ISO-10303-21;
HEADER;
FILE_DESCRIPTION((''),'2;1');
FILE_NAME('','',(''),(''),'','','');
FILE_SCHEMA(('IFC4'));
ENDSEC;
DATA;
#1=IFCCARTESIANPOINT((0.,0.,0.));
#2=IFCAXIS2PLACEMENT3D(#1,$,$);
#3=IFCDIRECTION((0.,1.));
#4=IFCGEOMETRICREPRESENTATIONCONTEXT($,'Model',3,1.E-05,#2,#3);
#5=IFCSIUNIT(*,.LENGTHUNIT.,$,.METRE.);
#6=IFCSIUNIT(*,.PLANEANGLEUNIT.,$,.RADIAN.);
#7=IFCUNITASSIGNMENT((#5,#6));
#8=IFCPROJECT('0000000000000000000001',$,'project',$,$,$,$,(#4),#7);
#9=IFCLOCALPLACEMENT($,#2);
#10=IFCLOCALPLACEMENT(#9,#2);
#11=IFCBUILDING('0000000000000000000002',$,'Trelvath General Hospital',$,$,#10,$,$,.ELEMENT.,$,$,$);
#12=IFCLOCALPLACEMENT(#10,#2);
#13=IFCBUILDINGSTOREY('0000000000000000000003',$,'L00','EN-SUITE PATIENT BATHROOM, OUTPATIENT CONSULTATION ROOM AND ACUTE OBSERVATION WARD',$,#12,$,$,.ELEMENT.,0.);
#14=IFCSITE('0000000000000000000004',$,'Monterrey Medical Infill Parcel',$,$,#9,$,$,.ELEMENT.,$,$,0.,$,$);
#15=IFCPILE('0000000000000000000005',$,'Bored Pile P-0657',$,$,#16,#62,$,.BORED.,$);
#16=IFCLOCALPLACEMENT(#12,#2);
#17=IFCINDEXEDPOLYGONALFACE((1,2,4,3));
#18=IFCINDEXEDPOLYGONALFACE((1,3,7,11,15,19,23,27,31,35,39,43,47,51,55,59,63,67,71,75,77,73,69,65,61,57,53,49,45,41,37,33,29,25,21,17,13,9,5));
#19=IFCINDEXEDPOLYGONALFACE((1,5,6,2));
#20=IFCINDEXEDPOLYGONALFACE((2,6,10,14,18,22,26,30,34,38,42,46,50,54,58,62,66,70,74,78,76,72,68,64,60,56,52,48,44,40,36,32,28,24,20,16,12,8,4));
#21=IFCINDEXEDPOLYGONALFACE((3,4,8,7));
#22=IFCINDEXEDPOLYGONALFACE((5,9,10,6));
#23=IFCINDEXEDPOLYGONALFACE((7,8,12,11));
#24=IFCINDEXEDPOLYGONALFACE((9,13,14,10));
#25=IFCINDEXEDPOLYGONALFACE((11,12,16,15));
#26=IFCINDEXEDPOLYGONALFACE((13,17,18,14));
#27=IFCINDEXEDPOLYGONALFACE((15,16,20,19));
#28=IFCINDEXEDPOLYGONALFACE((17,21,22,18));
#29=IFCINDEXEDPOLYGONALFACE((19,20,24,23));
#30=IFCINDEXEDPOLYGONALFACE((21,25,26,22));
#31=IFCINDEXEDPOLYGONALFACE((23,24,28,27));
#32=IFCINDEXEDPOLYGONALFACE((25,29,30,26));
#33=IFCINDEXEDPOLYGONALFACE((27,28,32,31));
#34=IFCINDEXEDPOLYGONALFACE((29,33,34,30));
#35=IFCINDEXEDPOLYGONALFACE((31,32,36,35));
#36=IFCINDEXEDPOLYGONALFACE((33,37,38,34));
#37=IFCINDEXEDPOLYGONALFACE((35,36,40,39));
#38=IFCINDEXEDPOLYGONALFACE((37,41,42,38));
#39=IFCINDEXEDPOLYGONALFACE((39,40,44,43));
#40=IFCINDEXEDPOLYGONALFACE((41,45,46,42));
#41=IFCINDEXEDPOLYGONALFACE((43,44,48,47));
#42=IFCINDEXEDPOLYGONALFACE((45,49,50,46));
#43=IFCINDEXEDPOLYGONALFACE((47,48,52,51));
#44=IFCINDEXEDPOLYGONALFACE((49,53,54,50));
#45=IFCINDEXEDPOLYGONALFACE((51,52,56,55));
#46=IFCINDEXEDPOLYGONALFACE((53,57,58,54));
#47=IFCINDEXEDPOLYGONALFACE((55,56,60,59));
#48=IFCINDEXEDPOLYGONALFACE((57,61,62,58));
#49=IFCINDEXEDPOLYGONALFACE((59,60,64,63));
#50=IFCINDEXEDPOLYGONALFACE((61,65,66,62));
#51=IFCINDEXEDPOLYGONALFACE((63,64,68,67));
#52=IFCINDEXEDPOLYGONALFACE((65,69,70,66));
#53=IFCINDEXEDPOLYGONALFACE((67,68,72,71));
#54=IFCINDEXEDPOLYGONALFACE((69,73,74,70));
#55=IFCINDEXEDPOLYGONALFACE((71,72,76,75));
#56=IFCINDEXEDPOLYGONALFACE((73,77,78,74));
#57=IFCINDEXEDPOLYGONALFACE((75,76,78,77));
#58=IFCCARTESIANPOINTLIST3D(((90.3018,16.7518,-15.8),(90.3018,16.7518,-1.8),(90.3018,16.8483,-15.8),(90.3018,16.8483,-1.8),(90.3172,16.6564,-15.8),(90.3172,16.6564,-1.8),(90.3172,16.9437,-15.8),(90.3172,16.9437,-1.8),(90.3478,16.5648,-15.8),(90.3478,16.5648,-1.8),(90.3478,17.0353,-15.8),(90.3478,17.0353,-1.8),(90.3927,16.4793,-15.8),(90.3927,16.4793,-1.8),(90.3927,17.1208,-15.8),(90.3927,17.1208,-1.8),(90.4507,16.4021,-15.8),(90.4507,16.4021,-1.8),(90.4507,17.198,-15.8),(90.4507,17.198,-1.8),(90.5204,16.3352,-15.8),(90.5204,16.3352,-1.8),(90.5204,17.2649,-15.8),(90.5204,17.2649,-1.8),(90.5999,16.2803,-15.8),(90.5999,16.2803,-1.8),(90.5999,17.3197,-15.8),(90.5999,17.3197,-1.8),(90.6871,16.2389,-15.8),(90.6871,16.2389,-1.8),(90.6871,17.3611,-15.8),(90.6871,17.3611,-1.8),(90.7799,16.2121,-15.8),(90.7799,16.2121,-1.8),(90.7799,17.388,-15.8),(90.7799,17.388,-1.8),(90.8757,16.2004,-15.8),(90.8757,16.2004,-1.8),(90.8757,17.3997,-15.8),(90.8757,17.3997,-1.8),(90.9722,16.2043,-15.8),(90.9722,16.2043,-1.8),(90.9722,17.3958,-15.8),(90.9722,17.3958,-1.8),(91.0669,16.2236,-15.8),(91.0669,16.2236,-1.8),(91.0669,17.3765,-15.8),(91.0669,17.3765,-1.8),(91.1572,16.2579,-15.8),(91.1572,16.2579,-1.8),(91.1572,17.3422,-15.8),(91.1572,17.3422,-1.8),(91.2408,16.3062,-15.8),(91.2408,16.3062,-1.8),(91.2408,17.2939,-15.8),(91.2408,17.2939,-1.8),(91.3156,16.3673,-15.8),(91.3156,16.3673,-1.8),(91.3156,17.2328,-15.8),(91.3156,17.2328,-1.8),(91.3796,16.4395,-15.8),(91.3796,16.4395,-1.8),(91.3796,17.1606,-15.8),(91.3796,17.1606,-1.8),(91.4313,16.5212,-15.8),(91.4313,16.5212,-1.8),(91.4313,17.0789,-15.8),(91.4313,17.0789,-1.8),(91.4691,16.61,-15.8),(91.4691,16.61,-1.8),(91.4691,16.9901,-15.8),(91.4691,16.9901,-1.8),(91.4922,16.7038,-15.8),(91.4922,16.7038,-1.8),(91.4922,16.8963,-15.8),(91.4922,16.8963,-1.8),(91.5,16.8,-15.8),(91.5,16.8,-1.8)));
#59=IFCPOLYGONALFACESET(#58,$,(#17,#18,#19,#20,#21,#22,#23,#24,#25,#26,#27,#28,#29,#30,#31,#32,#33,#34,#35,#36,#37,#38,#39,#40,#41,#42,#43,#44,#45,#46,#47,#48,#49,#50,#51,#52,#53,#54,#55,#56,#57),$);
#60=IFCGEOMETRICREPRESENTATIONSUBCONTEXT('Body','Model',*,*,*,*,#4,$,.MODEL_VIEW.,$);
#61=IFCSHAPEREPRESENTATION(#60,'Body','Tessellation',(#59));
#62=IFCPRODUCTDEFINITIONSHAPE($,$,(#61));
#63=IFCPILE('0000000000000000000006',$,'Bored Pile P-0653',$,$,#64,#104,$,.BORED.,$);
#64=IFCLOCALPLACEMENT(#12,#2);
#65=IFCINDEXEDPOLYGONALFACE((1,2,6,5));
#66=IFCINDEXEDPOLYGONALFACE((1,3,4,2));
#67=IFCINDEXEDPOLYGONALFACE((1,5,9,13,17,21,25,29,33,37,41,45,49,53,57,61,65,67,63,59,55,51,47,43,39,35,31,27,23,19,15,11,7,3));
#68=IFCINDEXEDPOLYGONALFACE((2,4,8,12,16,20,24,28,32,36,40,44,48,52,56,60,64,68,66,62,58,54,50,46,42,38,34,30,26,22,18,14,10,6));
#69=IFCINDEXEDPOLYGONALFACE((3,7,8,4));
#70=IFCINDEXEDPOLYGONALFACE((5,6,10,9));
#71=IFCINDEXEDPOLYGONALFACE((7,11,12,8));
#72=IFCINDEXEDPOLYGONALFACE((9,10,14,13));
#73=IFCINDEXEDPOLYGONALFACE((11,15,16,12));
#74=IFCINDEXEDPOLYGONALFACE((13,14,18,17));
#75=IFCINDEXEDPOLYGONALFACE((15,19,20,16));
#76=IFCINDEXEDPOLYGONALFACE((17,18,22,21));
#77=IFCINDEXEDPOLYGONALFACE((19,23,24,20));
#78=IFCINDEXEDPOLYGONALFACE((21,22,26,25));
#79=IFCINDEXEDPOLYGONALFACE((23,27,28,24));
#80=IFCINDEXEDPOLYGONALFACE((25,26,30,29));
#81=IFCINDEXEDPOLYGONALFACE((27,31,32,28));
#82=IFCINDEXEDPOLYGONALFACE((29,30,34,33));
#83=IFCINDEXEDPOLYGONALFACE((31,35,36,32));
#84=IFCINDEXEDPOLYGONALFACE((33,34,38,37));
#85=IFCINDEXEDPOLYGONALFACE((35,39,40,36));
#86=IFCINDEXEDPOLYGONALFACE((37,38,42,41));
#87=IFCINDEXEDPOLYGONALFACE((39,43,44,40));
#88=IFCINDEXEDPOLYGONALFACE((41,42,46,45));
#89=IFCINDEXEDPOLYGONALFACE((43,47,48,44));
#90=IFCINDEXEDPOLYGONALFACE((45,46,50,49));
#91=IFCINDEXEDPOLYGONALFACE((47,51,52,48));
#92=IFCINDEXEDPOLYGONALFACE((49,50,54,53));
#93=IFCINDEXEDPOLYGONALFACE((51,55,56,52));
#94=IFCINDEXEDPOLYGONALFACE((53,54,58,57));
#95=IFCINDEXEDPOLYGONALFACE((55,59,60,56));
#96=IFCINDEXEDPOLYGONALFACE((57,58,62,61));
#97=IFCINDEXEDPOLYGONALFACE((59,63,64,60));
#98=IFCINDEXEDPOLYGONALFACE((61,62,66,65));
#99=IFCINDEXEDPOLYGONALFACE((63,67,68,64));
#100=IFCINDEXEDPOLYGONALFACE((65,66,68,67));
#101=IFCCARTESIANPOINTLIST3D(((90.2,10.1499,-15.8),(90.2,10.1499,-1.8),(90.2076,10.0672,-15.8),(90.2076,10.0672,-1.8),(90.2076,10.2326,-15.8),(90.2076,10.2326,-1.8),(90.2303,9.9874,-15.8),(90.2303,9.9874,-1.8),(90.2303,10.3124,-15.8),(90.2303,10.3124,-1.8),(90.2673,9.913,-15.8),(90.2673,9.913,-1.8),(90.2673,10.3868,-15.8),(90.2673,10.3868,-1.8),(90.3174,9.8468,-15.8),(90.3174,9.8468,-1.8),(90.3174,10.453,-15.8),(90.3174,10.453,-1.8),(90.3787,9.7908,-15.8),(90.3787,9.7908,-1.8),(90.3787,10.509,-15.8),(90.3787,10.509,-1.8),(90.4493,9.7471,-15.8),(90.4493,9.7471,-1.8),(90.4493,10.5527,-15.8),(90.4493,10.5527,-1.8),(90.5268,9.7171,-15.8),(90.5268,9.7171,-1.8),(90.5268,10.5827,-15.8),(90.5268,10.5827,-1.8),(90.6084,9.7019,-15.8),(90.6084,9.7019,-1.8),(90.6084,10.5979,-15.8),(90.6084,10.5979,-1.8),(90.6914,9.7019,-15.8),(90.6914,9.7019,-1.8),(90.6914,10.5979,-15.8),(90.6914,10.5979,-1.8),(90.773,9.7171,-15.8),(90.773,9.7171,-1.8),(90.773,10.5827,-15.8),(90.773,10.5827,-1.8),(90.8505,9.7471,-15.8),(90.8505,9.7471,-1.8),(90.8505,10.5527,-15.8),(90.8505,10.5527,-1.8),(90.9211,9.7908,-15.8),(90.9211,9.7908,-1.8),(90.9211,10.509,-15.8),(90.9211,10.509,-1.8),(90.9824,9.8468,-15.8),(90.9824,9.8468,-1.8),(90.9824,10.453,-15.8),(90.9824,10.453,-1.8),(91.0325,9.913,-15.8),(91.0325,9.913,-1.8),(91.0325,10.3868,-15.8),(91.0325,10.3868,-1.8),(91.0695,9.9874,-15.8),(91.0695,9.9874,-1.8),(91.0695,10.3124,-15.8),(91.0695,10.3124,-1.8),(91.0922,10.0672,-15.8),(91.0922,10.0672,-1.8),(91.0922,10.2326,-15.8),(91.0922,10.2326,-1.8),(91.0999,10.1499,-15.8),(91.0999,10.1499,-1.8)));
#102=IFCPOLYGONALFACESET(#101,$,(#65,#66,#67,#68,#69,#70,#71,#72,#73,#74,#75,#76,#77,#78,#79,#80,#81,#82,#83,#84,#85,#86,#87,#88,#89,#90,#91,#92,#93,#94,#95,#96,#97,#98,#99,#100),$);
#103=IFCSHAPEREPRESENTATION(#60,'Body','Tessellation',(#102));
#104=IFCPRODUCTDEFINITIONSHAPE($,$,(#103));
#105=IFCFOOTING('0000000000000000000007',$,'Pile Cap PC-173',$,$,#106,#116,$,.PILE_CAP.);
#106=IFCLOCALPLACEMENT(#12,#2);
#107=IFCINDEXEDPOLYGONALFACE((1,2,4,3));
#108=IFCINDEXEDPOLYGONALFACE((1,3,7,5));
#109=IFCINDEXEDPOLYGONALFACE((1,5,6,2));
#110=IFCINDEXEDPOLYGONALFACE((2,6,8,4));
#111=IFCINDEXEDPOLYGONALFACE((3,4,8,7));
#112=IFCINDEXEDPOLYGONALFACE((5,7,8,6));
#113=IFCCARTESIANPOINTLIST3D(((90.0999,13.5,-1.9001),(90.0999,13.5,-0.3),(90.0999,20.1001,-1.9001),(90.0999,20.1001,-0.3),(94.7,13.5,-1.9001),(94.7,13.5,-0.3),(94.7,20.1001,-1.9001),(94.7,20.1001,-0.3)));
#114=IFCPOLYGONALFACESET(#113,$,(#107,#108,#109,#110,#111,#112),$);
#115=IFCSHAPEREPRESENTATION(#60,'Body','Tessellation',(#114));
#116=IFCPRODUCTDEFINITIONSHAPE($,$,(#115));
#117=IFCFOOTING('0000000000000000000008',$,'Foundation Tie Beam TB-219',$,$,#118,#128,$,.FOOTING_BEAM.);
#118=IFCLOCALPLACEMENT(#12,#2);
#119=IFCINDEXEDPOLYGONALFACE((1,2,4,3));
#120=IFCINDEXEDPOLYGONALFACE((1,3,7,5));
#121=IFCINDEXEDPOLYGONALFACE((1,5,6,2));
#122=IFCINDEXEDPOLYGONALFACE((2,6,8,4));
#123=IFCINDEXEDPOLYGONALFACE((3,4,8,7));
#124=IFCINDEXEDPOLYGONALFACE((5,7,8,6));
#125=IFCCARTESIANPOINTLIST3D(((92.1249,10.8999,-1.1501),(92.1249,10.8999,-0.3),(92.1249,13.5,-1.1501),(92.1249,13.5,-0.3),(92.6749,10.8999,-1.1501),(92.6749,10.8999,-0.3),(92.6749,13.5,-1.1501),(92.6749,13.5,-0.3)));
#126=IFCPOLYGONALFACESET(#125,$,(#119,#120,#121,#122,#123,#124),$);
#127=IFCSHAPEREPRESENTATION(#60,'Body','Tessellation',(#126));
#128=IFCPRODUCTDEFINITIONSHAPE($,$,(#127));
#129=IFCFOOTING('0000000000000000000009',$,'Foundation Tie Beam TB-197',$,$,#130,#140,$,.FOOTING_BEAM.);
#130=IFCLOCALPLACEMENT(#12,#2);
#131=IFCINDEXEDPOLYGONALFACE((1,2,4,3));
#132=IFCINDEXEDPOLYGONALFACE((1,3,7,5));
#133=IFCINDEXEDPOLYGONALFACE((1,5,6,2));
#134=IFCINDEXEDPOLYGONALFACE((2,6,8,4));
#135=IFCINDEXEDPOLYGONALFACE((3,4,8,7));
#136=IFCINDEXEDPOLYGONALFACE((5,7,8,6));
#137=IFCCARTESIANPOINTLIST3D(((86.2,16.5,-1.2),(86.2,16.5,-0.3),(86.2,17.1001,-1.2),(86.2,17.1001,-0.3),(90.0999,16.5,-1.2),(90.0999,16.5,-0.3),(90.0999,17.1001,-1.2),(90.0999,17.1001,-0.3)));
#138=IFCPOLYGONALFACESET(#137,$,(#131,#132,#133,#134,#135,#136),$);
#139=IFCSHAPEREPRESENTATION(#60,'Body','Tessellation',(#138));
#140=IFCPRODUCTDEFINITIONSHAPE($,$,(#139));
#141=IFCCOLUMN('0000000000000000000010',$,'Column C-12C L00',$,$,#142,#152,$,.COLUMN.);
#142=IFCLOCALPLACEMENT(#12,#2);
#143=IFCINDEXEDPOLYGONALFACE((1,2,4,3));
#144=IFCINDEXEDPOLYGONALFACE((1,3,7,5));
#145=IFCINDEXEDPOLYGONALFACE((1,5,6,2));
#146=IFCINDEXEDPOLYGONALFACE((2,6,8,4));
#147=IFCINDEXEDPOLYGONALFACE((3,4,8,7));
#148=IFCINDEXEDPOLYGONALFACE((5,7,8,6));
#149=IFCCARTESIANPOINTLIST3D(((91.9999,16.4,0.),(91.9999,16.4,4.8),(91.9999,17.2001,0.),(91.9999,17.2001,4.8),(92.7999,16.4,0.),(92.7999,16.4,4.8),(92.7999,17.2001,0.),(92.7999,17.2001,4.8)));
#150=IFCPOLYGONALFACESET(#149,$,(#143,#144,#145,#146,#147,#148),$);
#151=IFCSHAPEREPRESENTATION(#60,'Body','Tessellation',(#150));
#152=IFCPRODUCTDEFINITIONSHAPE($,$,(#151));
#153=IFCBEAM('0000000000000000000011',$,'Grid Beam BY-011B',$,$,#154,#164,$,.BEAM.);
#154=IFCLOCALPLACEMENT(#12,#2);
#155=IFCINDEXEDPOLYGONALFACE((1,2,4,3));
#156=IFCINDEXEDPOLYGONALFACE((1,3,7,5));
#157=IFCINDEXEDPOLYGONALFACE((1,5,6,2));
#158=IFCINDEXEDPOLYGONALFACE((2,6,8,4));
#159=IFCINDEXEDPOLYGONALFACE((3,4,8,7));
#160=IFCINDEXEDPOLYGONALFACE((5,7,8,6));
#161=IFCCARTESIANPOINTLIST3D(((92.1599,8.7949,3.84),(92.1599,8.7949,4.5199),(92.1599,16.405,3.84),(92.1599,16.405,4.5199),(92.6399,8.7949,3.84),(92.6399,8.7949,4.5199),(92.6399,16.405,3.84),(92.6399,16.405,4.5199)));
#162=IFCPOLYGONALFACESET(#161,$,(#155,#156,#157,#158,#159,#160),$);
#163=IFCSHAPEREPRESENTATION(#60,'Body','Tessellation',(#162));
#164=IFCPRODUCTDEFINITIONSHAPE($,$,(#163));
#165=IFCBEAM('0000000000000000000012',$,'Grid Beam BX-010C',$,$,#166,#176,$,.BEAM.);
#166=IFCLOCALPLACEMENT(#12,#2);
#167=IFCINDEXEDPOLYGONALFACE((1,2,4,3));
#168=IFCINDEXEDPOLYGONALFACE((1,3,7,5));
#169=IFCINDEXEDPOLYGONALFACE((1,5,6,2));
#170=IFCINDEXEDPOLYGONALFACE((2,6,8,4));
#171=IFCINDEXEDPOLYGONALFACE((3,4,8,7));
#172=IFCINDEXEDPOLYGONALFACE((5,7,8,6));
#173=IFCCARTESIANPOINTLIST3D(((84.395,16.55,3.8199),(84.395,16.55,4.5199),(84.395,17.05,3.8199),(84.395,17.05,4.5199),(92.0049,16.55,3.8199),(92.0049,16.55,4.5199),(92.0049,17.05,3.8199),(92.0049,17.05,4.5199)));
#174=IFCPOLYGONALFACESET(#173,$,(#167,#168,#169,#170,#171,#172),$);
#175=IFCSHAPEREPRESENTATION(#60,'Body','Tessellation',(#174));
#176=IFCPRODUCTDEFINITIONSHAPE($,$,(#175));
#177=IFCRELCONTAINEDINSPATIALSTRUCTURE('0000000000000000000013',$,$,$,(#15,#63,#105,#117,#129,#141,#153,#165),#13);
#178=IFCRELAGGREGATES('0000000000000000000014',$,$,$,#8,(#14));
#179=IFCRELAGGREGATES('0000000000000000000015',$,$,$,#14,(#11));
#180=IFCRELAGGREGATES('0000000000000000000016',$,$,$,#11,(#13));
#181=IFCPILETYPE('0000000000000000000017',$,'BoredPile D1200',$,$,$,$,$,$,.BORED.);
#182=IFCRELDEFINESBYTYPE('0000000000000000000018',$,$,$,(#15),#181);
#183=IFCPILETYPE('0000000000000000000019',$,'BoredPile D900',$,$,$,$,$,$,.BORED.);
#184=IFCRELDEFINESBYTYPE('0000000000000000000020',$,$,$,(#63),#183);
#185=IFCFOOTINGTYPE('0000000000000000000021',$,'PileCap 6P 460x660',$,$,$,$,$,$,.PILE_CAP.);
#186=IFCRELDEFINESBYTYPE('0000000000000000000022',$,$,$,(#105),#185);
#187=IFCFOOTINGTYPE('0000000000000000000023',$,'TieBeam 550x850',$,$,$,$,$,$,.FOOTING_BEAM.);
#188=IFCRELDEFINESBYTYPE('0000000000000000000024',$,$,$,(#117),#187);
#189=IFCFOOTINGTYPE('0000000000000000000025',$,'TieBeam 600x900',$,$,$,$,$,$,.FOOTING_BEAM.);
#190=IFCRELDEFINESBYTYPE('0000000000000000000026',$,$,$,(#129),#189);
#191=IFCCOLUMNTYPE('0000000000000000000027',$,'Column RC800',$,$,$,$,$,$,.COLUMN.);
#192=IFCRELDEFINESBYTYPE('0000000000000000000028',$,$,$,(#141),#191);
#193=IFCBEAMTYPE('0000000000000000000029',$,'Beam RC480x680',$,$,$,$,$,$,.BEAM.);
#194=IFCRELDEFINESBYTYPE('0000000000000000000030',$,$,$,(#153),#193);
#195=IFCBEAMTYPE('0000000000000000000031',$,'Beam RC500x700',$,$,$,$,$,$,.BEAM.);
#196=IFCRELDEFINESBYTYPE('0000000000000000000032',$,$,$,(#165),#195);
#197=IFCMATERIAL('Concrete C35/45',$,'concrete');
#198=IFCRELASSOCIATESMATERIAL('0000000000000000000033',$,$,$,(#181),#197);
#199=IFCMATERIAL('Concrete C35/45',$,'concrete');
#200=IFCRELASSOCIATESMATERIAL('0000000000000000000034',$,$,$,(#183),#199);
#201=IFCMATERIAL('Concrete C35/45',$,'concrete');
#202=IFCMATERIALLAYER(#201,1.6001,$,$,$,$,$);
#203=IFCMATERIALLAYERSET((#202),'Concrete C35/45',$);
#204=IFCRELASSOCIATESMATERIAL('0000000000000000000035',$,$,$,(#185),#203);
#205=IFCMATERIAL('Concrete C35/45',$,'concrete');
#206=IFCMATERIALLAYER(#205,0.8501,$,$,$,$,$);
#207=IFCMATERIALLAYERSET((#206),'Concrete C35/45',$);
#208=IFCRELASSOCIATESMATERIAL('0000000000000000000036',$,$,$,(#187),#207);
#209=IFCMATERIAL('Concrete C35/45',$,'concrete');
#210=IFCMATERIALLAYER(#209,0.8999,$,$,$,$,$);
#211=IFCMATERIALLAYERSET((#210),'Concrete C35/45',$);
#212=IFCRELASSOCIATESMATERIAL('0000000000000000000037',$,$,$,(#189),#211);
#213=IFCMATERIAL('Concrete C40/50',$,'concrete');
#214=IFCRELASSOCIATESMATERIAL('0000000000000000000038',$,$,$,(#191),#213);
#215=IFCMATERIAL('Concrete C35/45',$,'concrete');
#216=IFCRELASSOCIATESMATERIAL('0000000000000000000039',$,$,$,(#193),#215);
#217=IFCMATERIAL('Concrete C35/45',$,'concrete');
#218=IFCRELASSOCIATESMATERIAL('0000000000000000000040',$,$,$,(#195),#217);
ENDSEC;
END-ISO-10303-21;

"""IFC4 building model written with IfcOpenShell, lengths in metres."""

from ifc_helpers import new_model, si_unit, direction, frame, origin, origin_2d, place, context, subcontext, project, spatial, rectangle, circle, extrude, material, layer, layer_set, material_profile, profile_set, type_object, element, save


model = new_model("IFC4")

# Units and contexts
model_context = context("Model", 3, precision=1e-05, world=origin(), true_north=direction((0.0, 1.0)))
body_context = subcontext(model_context, "Body", "Model", "MODEL_VIEW")
ifc_project = project(units=[si_unit("LENGTHUNIT", "METRE"), si_unit("PLANEANGLEUNIT", "RADIAN")], contexts=[model_context])

# Site, building, storey
site_placement = place(None, origin())
site = spatial("IfcSite", under=ifc_project, at=site_placement, Name="Monterrey Medical Infill Parcel", CompositionType="ELEMENT", RefElevation=0.0)
building_placement = place(site_placement, origin())
building = spatial("IfcBuilding", under=site, at=building_placement, Name="Trelvath General Hospital", CompositionType="ELEMENT")
storey_placement = place(building_placement, origin())
storey = spatial("IfcBuildingStorey", under=building, at=storey_placement, Name="L00", Description="EN-SUITE PATIENT BATHROOM, OUTPATIENT CONSULTATION ROOM AND ACUTE OBSERVATION WARD", CompositionType="ELEMENT", Elevation=0.0)

# Piles
ifc_material_1 = material(Name="Concrete C35/45", Category="concrete")
ifc_material_profile_1 = material_profile(ifc_material_1, circle(Radius=0.6001, at=origin_2d()), Name="PILE1200")
ifc_profile_set_1 = profile_set([ifc_material_profile_1], Name="Concrete C35/45")
pile_type_1 = type_object("IfcPileType", Name="BoredPile D1200", PredefinedType="BORED", material=ifc_profile_set_1)
for number, where, z_axis, x_axis, name in (
    (1, (90.8999, 16.8, -1.8), (0.0, 0.0, -1.0), (1.0, 0.0, 0.0), "Bored Pile P-0657"),
):
    element("IfcPile", number, at=place(storey_placement, frame(where, z_axis=z_axis, x_axis=x_axis)), inside=storey, type_object=pile_type_1, Name=name, PredefinedType="BORED", context=body_context, shape_type="SweptSolid", body=[
        extrude(circle(Radius=0.6001, at=origin_2d()), origin(), (0.0, 0.0, 1.0), 14.0),
    ])
ifc_material_2 = material(Name="Concrete C35/45", Category="concrete")
ifc_material_profile_2 = material_profile(ifc_material_2, circle(Radius=0.45, at=origin_2d()), Name="PILE900")
ifc_profile_set_2 = profile_set([ifc_material_profile_2], Name="Concrete C35/45")
pile_type_2 = type_object("IfcPileType", Name="BoredPile D900", PredefinedType="BORED", material=ifc_profile_set_2)
pile_placement = place(storey_placement, frame((90.6499, 10.1499, -1.8), z_axis=(0.0, 0.0, -1.0), x_axis=(1.0, 0.0, 0.0)))
element("IfcPile", 2, at=pile_placement, inside=storey, type_object=pile_type_2, Name="Bored Pile P-0653", PredefinedType="BORED", context=body_context, shape_type="SweptSolid", body=[
    extrude(circle(Radius=0.45, at=origin_2d()), origin(), (0.0, 0.0, 1.0), 14.0),
])

# Footings
ifc_material_3 = material(Name="Concrete C35/45", Category="concrete")
ifc_layer_1 = layer(ifc_material_3, 1.6001)
ifc_layer_set_1 = layer_set([ifc_layer_1], Name="Concrete C35/45")
footing_type_1 = type_object("IfcFootingType", Name="PileCap 6P 460x660", PredefinedType="PILE_CAP", material=ifc_layer_set_1)
footing_1_placement = place(storey_placement, frame((92.3999, 16.8, -1.9001), z_axis=(0.0, 0.0, 1.0), x_axis=(1.0, 0.0, 0.0)))
element("IfcFooting", 3, at=footing_1_placement, inside=storey, type_object=footing_type_1, Name="Pile Cap PC-173", PredefinedType="PILE_CAP", context=body_context, shape_type="SweptSolid", body=[
    extrude(rectangle(XDim=4.6001, YDim=6.6001, at=origin_2d()), origin(), (0.0, 0.0, 1.0), 1.6001),
])
ifc_material_4 = material(Name="Concrete C35/45", Category="concrete")
ifc_layer_2 = layer(ifc_material_4, 0.8501)
ifc_layer_set_2 = layer_set([ifc_layer_2], Name="Concrete C35/45")
footing_type_2 = type_object("IfcFootingType", Name="TieBeam 550x850", PredefinedType="FOOTING_BEAM", material=ifc_layer_set_2)
footing_2_placement = place(storey_placement, frame((92.3999, 12.2, -1.1501), z_axis=(0.0, 0.0, 1.0), x_axis=(1.0, 0.0, 0.0)))
element("IfcFooting", 4, at=footing_2_placement, inside=storey, type_object=footing_type_2, Name="Foundation Tie Beam TB-219", PredefinedType="FOOTING_BEAM", context=body_context, shape_type="SweptSolid", body=[
    extrude(rectangle(XDim=0.55, YDim=2.6001, at=origin_2d()), origin(), (0.0, 0.0, 1.0), 0.8501),
])
ifc_material_5 = material(Name="Concrete C35/45", Category="concrete")
ifc_layer_3 = layer(ifc_material_5, 0.8999)
ifc_layer_set_3 = layer_set([ifc_layer_3], Name="Concrete C35/45")
footing_type_3 = type_object("IfcFootingType", Name="TieBeam 600x900", PredefinedType="FOOTING_BEAM", material=ifc_layer_set_3)
footing_3_placement = place(storey_placement, frame((88.1499, 16.8, -1.2), z_axis=(0.0, 0.0, 1.0), x_axis=(1.0, 0.0, 0.0)))
element("IfcFooting", 5, at=footing_3_placement, inside=storey, type_object=footing_type_3, Name="Foundation Tie Beam TB-197", PredefinedType="FOOTING_BEAM", context=body_context, shape_type="SweptSolid", body=[
    extrude(rectangle(XDim=3.8999, YDim=0.6001, at=origin_2d()), origin(), (0.0, 0.0, 1.0), 0.8999),
])

# Column
ifc_material_6 = material(Name="Concrete C40/50", Category="concrete")
ifc_material_profile_3 = material_profile(ifc_material_6, rectangle(XDim=0.8, YDim=0.8, at=origin_2d()), Name="RC800x800")
ifc_profile_set_3 = profile_set([ifc_material_profile_3], Name="Concrete C40/50")
column_type = type_object("IfcColumnType", Name="Column RC800", PredefinedType="COLUMN", material=ifc_profile_set_3)
column_placement = place(storey_placement, frame((92.3999, 16.8, 0.0), z_axis=(0.0, 0.0, 1.0), x_axis=(1.0, 0.0, 0.0)))
element("IfcColumn", 6, at=column_placement, inside=storey, type_object=column_type, Name="Column C-12C L00", PredefinedType="COLUMN", context=body_context, shape_type="SweptSolid", body=[
    extrude(rectangle(XDim=0.8, YDim=0.8, at=origin_2d()), origin(), (0.0, 0.0, 1.0), 4.8),
])

# Beams
ifc_material_7 = material(Name="Concrete C35/45", Category="concrete")
ifc_material_profile_4 = material_profile(ifc_material_7, rectangle(XDim=0.48, YDim=0.6799, at=origin_2d()), Name="RCB480x680")
ifc_profile_set_4 = profile_set([ifc_material_profile_4], Name="Concrete C35/45")
beam_type_1 = type_object("IfcBeamType", Name="Beam RC480x680", PredefinedType="BEAM", material=ifc_profile_set_4)
beam_1_placement = place(storey_placement, frame((92.3999, 8.7949, 4.1799), z_axis=(0.0, 1.0, 0.0), x_axis=(-1.0, 0.0, 0.0)))
element("IfcBeam", 7, at=beam_1_placement, inside=storey, type_object=beam_type_1, Name="Grid Beam BY-011B", PredefinedType="BEAM", context=body_context, shape_type="SweptSolid", body=[
    extrude(rectangle(XDim=0.48, YDim=0.6799, at=origin_2d()), origin(), (0.0, 0.0, 1.0), 7.6101),
])
ifc_material_8 = material(Name="Concrete C35/45", Category="concrete")
ifc_material_profile_5 = material_profile(ifc_material_8, rectangle(XDim=0.5, YDim=0.7, at=origin_2d()), Name="RCB500x700")
ifc_profile_set_5 = profile_set([ifc_material_profile_5], Name="Concrete C35/45")
beam_type_2 = type_object("IfcBeamType", Name="Beam RC500x700", PredefinedType="BEAM", material=ifc_profile_set_5)
beam_2_placement = place(storey_placement, frame((84.395, 16.8, 4.1699), z_axis=(1.0, 0.0, 0.0), x_axis=(0.0, 1.0, 0.0)))
element("IfcBeam", 8, at=beam_2_placement, inside=storey, type_object=beam_type_2, Name="Grid Beam BX-010C", PredefinedType="BEAM", context=body_context, shape_type="SweptSolid", body=[
    extrude(rectangle(XDim=0.5, YDim=0.7, at=origin_2d()), origin(), (0.0, 0.0, 1.0), 7.6099),
])

save(model, "model.ifc")
